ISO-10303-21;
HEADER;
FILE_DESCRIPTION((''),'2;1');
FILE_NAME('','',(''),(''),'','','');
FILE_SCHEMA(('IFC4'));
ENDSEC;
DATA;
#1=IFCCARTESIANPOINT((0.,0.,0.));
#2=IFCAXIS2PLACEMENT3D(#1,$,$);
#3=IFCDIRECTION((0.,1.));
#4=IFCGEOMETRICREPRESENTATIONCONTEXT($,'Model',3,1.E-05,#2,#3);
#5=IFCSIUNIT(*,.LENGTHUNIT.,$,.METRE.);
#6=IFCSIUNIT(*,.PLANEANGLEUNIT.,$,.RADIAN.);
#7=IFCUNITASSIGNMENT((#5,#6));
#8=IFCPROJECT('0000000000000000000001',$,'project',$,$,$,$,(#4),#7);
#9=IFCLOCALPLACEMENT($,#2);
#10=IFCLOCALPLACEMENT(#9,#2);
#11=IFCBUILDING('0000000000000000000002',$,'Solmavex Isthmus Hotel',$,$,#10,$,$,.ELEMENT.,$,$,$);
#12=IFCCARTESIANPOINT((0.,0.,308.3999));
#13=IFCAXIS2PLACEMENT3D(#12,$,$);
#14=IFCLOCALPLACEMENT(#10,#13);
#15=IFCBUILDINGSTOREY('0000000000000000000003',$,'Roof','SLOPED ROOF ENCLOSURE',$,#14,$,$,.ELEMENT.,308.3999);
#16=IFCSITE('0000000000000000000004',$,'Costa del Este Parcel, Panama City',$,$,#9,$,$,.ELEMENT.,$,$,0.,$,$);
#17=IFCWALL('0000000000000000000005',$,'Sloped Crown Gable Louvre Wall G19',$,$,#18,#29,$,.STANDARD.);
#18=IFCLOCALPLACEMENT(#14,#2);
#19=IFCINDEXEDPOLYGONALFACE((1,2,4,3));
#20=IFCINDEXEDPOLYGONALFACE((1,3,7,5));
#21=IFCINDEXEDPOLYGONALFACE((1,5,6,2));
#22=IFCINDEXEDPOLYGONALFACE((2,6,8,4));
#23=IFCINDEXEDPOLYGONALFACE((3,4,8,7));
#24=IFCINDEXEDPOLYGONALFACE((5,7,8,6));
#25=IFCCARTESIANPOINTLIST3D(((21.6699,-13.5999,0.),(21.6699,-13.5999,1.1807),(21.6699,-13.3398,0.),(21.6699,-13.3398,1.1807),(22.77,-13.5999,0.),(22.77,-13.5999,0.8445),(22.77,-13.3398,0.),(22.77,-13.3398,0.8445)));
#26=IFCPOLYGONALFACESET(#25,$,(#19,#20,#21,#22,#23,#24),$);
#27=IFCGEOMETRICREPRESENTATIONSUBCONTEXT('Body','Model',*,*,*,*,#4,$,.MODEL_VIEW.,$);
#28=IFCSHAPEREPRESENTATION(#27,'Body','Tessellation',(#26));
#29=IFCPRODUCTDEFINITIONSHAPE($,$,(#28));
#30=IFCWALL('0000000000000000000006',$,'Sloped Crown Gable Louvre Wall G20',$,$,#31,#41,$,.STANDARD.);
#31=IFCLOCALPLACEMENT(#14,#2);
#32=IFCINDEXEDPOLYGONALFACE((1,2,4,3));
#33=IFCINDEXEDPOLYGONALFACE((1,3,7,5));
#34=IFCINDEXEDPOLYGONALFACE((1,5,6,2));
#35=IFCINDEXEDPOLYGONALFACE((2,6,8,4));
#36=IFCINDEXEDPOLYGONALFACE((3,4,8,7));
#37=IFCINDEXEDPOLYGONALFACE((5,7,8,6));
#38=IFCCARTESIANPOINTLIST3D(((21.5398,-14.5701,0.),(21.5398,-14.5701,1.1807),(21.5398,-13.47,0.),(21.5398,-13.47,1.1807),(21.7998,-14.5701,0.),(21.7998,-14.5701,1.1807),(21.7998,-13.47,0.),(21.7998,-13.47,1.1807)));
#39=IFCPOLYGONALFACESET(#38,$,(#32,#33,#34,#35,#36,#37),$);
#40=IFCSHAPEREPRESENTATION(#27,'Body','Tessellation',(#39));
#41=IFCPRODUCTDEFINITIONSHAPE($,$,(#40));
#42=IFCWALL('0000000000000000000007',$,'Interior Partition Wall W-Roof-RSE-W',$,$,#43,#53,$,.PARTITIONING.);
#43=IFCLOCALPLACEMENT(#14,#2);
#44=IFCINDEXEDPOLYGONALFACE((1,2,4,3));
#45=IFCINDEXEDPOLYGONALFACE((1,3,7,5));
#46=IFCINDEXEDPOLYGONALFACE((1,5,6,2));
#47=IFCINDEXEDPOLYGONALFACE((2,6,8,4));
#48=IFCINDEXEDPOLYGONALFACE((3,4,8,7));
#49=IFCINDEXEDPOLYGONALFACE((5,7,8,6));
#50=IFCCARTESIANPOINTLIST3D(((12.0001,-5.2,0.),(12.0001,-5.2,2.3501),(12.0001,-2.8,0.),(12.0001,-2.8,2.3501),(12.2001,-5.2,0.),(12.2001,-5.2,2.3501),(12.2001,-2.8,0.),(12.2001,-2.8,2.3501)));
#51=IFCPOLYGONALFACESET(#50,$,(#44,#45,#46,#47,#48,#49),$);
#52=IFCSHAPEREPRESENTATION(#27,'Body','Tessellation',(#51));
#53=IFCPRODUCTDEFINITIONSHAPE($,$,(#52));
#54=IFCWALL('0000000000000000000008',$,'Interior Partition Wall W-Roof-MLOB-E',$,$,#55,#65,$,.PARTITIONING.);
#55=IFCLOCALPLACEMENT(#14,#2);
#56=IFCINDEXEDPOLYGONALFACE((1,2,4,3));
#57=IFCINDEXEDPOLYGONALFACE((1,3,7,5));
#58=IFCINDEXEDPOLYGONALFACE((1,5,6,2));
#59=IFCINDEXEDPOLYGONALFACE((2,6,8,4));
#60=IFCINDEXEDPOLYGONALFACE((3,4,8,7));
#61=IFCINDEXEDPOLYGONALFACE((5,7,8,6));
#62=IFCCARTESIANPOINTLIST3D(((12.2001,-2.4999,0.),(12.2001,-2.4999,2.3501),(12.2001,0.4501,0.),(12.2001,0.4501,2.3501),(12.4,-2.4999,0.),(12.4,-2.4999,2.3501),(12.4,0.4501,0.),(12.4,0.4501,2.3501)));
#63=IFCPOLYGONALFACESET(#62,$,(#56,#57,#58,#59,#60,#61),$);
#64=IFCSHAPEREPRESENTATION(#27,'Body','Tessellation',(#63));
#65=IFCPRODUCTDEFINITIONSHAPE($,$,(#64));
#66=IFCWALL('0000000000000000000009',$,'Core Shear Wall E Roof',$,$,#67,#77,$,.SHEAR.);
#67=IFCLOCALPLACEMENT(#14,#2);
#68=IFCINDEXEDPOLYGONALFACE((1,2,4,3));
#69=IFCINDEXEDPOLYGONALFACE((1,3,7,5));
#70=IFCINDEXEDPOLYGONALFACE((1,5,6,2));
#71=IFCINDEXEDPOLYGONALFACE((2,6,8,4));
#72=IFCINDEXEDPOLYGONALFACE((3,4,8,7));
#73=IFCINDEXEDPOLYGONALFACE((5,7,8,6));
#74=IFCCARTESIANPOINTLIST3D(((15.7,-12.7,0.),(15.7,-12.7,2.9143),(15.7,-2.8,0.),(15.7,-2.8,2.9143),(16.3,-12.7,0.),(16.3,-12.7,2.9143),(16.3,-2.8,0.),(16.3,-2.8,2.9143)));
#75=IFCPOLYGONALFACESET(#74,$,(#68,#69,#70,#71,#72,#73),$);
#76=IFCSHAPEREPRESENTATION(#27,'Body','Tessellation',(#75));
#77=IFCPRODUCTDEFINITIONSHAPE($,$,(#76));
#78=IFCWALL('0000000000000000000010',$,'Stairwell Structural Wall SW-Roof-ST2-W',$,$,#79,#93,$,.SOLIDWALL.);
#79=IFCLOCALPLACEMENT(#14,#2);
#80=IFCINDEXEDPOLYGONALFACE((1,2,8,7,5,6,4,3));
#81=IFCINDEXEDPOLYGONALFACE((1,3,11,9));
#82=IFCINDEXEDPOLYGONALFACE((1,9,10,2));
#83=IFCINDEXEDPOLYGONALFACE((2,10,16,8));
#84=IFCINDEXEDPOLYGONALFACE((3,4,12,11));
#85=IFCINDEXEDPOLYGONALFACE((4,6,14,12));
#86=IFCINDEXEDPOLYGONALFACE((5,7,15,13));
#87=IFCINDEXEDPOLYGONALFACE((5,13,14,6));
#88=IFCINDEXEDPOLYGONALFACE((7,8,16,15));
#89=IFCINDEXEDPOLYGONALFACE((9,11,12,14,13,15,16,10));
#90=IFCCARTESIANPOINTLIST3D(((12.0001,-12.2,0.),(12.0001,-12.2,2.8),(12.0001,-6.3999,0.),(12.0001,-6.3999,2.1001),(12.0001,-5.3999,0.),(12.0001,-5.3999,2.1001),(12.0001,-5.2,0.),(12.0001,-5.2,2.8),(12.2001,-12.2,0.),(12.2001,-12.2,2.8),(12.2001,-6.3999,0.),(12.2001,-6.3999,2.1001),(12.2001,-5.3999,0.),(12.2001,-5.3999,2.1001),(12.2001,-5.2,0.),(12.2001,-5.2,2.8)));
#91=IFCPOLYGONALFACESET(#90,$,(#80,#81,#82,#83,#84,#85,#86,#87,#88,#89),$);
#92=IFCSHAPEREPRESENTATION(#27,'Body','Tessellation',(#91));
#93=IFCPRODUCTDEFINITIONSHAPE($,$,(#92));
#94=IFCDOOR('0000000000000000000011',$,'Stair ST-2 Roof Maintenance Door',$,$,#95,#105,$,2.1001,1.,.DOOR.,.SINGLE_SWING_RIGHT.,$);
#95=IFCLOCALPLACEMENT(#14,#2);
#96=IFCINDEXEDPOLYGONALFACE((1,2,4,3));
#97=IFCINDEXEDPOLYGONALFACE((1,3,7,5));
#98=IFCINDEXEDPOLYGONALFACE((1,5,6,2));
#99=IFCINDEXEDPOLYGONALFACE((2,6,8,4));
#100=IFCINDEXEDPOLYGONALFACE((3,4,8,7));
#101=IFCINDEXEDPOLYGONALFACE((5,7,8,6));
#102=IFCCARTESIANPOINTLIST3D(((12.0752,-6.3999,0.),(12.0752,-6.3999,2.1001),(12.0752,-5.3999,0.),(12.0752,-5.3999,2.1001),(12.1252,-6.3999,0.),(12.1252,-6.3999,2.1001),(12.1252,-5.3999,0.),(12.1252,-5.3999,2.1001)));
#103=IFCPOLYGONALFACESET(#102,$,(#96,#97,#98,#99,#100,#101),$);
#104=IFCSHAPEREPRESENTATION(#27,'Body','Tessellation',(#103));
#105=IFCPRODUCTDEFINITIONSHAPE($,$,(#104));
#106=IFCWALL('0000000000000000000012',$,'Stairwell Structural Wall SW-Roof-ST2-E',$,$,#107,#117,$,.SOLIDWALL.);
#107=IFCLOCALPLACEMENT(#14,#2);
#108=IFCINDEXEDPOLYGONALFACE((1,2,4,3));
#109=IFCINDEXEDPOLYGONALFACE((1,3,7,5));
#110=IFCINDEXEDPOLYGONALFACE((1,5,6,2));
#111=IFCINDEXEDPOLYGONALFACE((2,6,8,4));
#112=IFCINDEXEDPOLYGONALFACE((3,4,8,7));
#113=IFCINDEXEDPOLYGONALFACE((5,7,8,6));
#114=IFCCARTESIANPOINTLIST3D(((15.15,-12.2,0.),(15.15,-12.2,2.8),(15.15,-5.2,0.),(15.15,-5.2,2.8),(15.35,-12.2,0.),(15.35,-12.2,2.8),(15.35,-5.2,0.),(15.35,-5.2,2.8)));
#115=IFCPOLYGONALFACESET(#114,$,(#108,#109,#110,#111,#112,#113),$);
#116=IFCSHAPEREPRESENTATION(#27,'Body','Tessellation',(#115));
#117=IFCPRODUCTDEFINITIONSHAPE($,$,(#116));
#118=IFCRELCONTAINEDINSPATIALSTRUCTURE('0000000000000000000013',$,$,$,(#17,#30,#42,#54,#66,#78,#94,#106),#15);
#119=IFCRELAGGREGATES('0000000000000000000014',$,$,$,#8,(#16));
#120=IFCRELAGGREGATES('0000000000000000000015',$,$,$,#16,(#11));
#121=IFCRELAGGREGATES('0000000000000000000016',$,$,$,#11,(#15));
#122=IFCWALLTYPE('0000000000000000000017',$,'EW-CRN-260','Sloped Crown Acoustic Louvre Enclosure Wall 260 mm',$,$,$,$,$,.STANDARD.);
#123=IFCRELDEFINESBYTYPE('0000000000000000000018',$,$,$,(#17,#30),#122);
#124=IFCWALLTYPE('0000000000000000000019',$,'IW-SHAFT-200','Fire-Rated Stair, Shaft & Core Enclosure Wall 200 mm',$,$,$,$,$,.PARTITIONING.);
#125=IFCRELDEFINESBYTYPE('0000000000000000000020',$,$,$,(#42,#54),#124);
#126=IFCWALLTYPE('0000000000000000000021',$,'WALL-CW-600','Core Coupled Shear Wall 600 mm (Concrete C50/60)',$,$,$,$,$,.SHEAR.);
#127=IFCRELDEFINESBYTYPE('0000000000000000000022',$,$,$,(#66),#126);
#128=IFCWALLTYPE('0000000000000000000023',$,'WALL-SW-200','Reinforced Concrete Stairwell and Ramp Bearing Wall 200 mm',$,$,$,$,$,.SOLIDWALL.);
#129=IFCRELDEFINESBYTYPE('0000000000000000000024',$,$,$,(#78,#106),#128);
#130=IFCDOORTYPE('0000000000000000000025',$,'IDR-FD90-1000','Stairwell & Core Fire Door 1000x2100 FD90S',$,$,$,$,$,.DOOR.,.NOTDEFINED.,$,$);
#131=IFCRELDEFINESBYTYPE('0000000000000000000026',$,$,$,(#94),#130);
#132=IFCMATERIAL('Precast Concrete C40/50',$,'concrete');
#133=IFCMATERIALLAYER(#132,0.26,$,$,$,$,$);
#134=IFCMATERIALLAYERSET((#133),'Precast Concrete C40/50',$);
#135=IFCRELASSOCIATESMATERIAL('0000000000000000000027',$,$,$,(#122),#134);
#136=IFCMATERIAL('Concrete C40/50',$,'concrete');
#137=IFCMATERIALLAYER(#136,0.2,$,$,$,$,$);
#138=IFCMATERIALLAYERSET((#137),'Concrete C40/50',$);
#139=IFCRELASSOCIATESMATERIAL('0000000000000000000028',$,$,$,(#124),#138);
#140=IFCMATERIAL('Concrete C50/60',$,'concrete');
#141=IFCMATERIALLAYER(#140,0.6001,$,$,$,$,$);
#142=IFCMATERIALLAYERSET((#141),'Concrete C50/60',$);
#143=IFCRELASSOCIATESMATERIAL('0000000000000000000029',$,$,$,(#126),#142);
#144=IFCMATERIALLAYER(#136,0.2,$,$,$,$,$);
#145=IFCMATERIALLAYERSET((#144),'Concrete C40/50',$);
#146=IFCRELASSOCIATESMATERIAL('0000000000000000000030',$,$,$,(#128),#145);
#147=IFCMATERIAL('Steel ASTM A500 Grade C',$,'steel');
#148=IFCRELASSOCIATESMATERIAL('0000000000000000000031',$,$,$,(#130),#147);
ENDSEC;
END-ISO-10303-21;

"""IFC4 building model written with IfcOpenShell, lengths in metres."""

from ifc_helpers import new_model, si_unit, direction, frame, frame_2d, origin, place, context, subcontext, project, spatial, polyline, rectangle, outline, extrude, material, layer, layer_set, type_object, element, fill, save


model = new_model("IFC4")

# Units and contexts
model_context = context("Model", 3, precision=1e-05, world=origin(), true_north=direction((0.0, 1.0)))
body_context = subcontext(model_context, "Body", "Model", "MODEL_VIEW")
ifc_project = project(units=[si_unit("LENGTHUNIT", "METRE"), si_unit("PLANEANGLEUNIT", "RADIAN")], contexts=[model_context])

# Site, building, storey
site_placement = place(None, origin())
site = spatial("IfcSite", under=ifc_project, at=site_placement, Name="Costa del Este Parcel, Panama City", CompositionType="ELEMENT", RefElevation=0.0)
building_placement = place(site_placement, origin())
building = spatial("IfcBuilding", under=site, at=building_placement, Name="Solmavex Isthmus Hotel", CompositionType="ELEMENT")
storey_placement = place(building_placement, frame((0.0, 0.0, 308.3999)))
storey = spatial("IfcBuildingStorey", under=building, at=storey_placement, Name="Roof", Description="SLOPED ROOF ENCLOSURE", CompositionType="ELEMENT", Elevation=308.3999)

# Shared definitions
ifc_material_1 = material(Name="Concrete C50/60", Category="concrete")

# Walls
ifc_material_2 = material(Name="Precast Concrete C40/50", Category="concrete")
ifc_layer_1 = layer(ifc_material_2, 0.26)
ifc_layer_set_1 = layer_set([ifc_layer_1], Name="Precast Concrete C40/50")
wall_type_1 = type_object("IfcWallType", Name="EW-CRN-260", Description="Sloped Crown Acoustic Louvre Enclosure Wall 260 mm", PredefinedType="STANDARD", material=ifc_layer_set_1)
wall_1_placement = place(storey_placement, frame((22.77, -13.47, 0.0), z_axis=(0.0, 0.0, 1.0), x_axis=(-1.0, 0.0, 0.0)))
element("IfcWall", 1, at=wall_1_placement, inside=storey, type_object=wall_type_1, Name="Sloped Crown Gable Louvre Wall G19", PredefinedType="STANDARD", context=body_context, shape_type="SweptSolid", body=[
    extrude(outline(polyline([(0.0, 0.0), (1.1001, 0.0), (1.1001, 1.1807), (0.0, 0.8445), (0.0, 0.0)])), frame((0.0, 0.1299, 0.0), z_axis=(0.0, -1.0, 0.0), x_axis=(1.0, 0.0, 0.0)), (0.0, 0.0, 1.0), 0.26),
])
wall_2_placement = place(storey_placement, frame((21.6699, -13.47, 0.0), z_axis=(0.0, 0.0, 1.0), x_axis=(0.0, -1.0, 0.0)))
element("IfcWall", 2, at=wall_2_placement, inside=storey, type_object=wall_type_1, Name="Sloped Crown Gable Louvre Wall G20", PredefinedType="STANDARD", context=body_context, shape_type="SweptSolid", body=[
    extrude(outline(polyline([(0.0, 0.0), (1.1001, 0.0), (1.1001, 1.1807), (0.0, 1.1807), (0.0, 0.0)])), frame((0.0, 0.1299, 0.0), z_axis=(0.0, -1.0, 0.0), x_axis=(1.0, 0.0, 0.0)), (0.0, 0.0, 1.0), 0.26),
])
ifc_material_3 = material(Name="Concrete C40/50", Category="concrete")
ifc_layer_2 = layer(ifc_material_3, 0.2)
ifc_layer_set_2 = layer_set([ifc_layer_2], Name="Concrete C40/50")
wall_type_2 = type_object("IfcWallType", Name="IW-SHAFT-200", Description="Fire-Rated Stair, Shaft & Core Enclosure Wall 200 mm", PredefinedType="PARTITIONING", material=ifc_layer_set_2)
wall_3_placement = place(storey_placement, frame((12.1001, -5.2, 0.0), z_axis=(0.0, 0.0, 1.0), x_axis=(0.0, 1.0, 0.0)))
element("IfcWall", 3, at=wall_3_placement, inside=storey, type_object=wall_type_2, Name="Interior Partition Wall W-Roof-RSE-W", PredefinedType="PARTITIONING", context=body_context, shape_type="SweptSolid", body=[
    extrude(rectangle(XDim=2.3999, YDim=0.2, at=frame_2d((1.2, 0.0))), origin(), (0.0, 0.0, 1.0), 2.3501),
])
wall_4_placement = place(storey_placement, frame((12.3, -2.5, 0.0), z_axis=(0.0, 0.0, 1.0), x_axis=(0.0, 1.0, 0.0)))
element("IfcWall", 4, at=wall_4_placement, inside=storey, type_object=wall_type_2, Name="Interior Partition Wall W-Roof-MLOB-E", PredefinedType="PARTITIONING", context=body_context, shape_type="SweptSolid", body=[
    extrude(rectangle(XDim=2.95, YDim=0.2, at=frame_2d((1.4751, 0.0))), origin(), (0.0, 0.0, 1.0), 2.3501),
])
ifc_layer_3 = layer(ifc_material_1, 0.6001)
ifc_layer_set_3 = layer_set([ifc_layer_3], Name="Concrete C50/60")
wall_type_3 = type_object("IfcWallType", Name="WALL-CW-600", Description="Core Coupled Shear Wall 600 mm (Concrete C50/60)", PredefinedType="SHEAR", material=ifc_layer_set_3)
wall_5_placement = place(storey_placement, frame((16.0, -12.7, 0.0), z_axis=(0.0, 0.0, 1.0), x_axis=(0.0, 1.0, 0.0)))
element("IfcWall", 5, at=wall_5_placement, inside=storey, type_object=wall_type_3, Name="Core Shear Wall E Roof", PredefinedType="SHEAR", context=body_context, shape_type="SweptSolid", body=[
    extrude(rectangle(XDim=9.8999, YDim=0.6001, at=frame_2d((4.95, 0.0))), origin(), (0.0, 0.0, 1.0), 2.9143),
])

# Wall, opening, door
ifc_layer_4 = layer(ifc_material_3, 0.2)
ifc_layer_set_4 = layer_set([ifc_layer_4], Name="Concrete C40/50")
wall_type_4 = type_object("IfcWallType", Name="WALL-SW-200", Description="Reinforced Concrete Stairwell and Ramp Bearing Wall 200 mm", PredefinedType="SOLIDWALL", material=ifc_layer_set_4)
wall_6_placement = place(storey_placement, frame((12.1001, -12.2, 0.0), z_axis=(0.0, 0.0, 1.0), x_axis=(0.0, 1.0, 0.0)))
wall_6 = element("IfcWall", 6, at=wall_6_placement, inside=storey, type_object=wall_type_4, Name="Stairwell Structural Wall SW-Roof-ST2-W", PredefinedType="SOLIDWALL", context=body_context, shape_type="SweptSolid", body=[
    extrude(rectangle(XDim=7.0, YDim=0.2, at=frame_2d((3.5, 0.0))), origin(), (0.0, 0.0, 1.0), 2.8),
])
opening_placement = place(wall_6_placement, frame((5.8, 0.0, 0.0)))
opening = element("IfcOpeningElement", 7, at=opening_placement, cuts=wall_6, PredefinedType="OPENING", context=body_context, shape_type="SweptSolid", body=[
    extrude(rectangle(XDim=1.0, YDim=2.1001, at=frame_2d((0.5, 1.05))), frame((0.0, 0.1099, 0.0), z_axis=(0.0, -1.0, 0.0), x_axis=(1.0, 0.0, 0.0)), (0.0, 0.0, 1.0), 0.22),
])
ifc_material_4 = material(Name="Steel ASTM A500 Grade C", Category="steel")
door_type = type_object("IfcDoorType", Name="IDR-FD90-1000", Description="Stairwell & Core Fire Door 1000x2100 FD90S", OperationType="NOTDEFINED", PredefinedType="DOOR", material=ifc_material_4)
door_placement = place(opening_placement, origin())
door = element("IfcDoor", 8, at=door_placement, inside=storey, type_object=door_type, Name="Stair ST-2 Roof Maintenance Door", OperationType="SINGLE_SWING_RIGHT", OverallHeight=2.1001, OverallWidth=1.0, PredefinedType="DOOR", context=body_context, shape_type="SweptSolid", body=[
    extrude(rectangle(XDim=1.0, YDim=2.1001, at=frame_2d((0.5, 1.05))), frame((0.0, 0.0249, 0.0), z_axis=(0.0, -1.0, 0.0), x_axis=(1.0, 0.0, 0.0)), (0.0, 0.0, 1.0), 0.05),
])
fill(opening, door)

# Wall
wall_7_placement = place(storey_placement, frame((15.25, -12.2, 0.0), z_axis=(0.0, 0.0, 1.0), x_axis=(0.0, 1.0, 0.0)))
element("IfcWall", 9, at=wall_7_placement, inside=storey, type_object=wall_type_4, Name="Stairwell Structural Wall SW-Roof-ST2-E", PredefinedType="SOLIDWALL", context=body_context, shape_type="SweptSolid", body=[
    extrude(rectangle(XDim=7.0, YDim=0.2, at=frame_2d((3.5, 0.0))), origin(), (0.0, 0.0, 1.0), 2.8),
])

save(model, "model.ifc")
